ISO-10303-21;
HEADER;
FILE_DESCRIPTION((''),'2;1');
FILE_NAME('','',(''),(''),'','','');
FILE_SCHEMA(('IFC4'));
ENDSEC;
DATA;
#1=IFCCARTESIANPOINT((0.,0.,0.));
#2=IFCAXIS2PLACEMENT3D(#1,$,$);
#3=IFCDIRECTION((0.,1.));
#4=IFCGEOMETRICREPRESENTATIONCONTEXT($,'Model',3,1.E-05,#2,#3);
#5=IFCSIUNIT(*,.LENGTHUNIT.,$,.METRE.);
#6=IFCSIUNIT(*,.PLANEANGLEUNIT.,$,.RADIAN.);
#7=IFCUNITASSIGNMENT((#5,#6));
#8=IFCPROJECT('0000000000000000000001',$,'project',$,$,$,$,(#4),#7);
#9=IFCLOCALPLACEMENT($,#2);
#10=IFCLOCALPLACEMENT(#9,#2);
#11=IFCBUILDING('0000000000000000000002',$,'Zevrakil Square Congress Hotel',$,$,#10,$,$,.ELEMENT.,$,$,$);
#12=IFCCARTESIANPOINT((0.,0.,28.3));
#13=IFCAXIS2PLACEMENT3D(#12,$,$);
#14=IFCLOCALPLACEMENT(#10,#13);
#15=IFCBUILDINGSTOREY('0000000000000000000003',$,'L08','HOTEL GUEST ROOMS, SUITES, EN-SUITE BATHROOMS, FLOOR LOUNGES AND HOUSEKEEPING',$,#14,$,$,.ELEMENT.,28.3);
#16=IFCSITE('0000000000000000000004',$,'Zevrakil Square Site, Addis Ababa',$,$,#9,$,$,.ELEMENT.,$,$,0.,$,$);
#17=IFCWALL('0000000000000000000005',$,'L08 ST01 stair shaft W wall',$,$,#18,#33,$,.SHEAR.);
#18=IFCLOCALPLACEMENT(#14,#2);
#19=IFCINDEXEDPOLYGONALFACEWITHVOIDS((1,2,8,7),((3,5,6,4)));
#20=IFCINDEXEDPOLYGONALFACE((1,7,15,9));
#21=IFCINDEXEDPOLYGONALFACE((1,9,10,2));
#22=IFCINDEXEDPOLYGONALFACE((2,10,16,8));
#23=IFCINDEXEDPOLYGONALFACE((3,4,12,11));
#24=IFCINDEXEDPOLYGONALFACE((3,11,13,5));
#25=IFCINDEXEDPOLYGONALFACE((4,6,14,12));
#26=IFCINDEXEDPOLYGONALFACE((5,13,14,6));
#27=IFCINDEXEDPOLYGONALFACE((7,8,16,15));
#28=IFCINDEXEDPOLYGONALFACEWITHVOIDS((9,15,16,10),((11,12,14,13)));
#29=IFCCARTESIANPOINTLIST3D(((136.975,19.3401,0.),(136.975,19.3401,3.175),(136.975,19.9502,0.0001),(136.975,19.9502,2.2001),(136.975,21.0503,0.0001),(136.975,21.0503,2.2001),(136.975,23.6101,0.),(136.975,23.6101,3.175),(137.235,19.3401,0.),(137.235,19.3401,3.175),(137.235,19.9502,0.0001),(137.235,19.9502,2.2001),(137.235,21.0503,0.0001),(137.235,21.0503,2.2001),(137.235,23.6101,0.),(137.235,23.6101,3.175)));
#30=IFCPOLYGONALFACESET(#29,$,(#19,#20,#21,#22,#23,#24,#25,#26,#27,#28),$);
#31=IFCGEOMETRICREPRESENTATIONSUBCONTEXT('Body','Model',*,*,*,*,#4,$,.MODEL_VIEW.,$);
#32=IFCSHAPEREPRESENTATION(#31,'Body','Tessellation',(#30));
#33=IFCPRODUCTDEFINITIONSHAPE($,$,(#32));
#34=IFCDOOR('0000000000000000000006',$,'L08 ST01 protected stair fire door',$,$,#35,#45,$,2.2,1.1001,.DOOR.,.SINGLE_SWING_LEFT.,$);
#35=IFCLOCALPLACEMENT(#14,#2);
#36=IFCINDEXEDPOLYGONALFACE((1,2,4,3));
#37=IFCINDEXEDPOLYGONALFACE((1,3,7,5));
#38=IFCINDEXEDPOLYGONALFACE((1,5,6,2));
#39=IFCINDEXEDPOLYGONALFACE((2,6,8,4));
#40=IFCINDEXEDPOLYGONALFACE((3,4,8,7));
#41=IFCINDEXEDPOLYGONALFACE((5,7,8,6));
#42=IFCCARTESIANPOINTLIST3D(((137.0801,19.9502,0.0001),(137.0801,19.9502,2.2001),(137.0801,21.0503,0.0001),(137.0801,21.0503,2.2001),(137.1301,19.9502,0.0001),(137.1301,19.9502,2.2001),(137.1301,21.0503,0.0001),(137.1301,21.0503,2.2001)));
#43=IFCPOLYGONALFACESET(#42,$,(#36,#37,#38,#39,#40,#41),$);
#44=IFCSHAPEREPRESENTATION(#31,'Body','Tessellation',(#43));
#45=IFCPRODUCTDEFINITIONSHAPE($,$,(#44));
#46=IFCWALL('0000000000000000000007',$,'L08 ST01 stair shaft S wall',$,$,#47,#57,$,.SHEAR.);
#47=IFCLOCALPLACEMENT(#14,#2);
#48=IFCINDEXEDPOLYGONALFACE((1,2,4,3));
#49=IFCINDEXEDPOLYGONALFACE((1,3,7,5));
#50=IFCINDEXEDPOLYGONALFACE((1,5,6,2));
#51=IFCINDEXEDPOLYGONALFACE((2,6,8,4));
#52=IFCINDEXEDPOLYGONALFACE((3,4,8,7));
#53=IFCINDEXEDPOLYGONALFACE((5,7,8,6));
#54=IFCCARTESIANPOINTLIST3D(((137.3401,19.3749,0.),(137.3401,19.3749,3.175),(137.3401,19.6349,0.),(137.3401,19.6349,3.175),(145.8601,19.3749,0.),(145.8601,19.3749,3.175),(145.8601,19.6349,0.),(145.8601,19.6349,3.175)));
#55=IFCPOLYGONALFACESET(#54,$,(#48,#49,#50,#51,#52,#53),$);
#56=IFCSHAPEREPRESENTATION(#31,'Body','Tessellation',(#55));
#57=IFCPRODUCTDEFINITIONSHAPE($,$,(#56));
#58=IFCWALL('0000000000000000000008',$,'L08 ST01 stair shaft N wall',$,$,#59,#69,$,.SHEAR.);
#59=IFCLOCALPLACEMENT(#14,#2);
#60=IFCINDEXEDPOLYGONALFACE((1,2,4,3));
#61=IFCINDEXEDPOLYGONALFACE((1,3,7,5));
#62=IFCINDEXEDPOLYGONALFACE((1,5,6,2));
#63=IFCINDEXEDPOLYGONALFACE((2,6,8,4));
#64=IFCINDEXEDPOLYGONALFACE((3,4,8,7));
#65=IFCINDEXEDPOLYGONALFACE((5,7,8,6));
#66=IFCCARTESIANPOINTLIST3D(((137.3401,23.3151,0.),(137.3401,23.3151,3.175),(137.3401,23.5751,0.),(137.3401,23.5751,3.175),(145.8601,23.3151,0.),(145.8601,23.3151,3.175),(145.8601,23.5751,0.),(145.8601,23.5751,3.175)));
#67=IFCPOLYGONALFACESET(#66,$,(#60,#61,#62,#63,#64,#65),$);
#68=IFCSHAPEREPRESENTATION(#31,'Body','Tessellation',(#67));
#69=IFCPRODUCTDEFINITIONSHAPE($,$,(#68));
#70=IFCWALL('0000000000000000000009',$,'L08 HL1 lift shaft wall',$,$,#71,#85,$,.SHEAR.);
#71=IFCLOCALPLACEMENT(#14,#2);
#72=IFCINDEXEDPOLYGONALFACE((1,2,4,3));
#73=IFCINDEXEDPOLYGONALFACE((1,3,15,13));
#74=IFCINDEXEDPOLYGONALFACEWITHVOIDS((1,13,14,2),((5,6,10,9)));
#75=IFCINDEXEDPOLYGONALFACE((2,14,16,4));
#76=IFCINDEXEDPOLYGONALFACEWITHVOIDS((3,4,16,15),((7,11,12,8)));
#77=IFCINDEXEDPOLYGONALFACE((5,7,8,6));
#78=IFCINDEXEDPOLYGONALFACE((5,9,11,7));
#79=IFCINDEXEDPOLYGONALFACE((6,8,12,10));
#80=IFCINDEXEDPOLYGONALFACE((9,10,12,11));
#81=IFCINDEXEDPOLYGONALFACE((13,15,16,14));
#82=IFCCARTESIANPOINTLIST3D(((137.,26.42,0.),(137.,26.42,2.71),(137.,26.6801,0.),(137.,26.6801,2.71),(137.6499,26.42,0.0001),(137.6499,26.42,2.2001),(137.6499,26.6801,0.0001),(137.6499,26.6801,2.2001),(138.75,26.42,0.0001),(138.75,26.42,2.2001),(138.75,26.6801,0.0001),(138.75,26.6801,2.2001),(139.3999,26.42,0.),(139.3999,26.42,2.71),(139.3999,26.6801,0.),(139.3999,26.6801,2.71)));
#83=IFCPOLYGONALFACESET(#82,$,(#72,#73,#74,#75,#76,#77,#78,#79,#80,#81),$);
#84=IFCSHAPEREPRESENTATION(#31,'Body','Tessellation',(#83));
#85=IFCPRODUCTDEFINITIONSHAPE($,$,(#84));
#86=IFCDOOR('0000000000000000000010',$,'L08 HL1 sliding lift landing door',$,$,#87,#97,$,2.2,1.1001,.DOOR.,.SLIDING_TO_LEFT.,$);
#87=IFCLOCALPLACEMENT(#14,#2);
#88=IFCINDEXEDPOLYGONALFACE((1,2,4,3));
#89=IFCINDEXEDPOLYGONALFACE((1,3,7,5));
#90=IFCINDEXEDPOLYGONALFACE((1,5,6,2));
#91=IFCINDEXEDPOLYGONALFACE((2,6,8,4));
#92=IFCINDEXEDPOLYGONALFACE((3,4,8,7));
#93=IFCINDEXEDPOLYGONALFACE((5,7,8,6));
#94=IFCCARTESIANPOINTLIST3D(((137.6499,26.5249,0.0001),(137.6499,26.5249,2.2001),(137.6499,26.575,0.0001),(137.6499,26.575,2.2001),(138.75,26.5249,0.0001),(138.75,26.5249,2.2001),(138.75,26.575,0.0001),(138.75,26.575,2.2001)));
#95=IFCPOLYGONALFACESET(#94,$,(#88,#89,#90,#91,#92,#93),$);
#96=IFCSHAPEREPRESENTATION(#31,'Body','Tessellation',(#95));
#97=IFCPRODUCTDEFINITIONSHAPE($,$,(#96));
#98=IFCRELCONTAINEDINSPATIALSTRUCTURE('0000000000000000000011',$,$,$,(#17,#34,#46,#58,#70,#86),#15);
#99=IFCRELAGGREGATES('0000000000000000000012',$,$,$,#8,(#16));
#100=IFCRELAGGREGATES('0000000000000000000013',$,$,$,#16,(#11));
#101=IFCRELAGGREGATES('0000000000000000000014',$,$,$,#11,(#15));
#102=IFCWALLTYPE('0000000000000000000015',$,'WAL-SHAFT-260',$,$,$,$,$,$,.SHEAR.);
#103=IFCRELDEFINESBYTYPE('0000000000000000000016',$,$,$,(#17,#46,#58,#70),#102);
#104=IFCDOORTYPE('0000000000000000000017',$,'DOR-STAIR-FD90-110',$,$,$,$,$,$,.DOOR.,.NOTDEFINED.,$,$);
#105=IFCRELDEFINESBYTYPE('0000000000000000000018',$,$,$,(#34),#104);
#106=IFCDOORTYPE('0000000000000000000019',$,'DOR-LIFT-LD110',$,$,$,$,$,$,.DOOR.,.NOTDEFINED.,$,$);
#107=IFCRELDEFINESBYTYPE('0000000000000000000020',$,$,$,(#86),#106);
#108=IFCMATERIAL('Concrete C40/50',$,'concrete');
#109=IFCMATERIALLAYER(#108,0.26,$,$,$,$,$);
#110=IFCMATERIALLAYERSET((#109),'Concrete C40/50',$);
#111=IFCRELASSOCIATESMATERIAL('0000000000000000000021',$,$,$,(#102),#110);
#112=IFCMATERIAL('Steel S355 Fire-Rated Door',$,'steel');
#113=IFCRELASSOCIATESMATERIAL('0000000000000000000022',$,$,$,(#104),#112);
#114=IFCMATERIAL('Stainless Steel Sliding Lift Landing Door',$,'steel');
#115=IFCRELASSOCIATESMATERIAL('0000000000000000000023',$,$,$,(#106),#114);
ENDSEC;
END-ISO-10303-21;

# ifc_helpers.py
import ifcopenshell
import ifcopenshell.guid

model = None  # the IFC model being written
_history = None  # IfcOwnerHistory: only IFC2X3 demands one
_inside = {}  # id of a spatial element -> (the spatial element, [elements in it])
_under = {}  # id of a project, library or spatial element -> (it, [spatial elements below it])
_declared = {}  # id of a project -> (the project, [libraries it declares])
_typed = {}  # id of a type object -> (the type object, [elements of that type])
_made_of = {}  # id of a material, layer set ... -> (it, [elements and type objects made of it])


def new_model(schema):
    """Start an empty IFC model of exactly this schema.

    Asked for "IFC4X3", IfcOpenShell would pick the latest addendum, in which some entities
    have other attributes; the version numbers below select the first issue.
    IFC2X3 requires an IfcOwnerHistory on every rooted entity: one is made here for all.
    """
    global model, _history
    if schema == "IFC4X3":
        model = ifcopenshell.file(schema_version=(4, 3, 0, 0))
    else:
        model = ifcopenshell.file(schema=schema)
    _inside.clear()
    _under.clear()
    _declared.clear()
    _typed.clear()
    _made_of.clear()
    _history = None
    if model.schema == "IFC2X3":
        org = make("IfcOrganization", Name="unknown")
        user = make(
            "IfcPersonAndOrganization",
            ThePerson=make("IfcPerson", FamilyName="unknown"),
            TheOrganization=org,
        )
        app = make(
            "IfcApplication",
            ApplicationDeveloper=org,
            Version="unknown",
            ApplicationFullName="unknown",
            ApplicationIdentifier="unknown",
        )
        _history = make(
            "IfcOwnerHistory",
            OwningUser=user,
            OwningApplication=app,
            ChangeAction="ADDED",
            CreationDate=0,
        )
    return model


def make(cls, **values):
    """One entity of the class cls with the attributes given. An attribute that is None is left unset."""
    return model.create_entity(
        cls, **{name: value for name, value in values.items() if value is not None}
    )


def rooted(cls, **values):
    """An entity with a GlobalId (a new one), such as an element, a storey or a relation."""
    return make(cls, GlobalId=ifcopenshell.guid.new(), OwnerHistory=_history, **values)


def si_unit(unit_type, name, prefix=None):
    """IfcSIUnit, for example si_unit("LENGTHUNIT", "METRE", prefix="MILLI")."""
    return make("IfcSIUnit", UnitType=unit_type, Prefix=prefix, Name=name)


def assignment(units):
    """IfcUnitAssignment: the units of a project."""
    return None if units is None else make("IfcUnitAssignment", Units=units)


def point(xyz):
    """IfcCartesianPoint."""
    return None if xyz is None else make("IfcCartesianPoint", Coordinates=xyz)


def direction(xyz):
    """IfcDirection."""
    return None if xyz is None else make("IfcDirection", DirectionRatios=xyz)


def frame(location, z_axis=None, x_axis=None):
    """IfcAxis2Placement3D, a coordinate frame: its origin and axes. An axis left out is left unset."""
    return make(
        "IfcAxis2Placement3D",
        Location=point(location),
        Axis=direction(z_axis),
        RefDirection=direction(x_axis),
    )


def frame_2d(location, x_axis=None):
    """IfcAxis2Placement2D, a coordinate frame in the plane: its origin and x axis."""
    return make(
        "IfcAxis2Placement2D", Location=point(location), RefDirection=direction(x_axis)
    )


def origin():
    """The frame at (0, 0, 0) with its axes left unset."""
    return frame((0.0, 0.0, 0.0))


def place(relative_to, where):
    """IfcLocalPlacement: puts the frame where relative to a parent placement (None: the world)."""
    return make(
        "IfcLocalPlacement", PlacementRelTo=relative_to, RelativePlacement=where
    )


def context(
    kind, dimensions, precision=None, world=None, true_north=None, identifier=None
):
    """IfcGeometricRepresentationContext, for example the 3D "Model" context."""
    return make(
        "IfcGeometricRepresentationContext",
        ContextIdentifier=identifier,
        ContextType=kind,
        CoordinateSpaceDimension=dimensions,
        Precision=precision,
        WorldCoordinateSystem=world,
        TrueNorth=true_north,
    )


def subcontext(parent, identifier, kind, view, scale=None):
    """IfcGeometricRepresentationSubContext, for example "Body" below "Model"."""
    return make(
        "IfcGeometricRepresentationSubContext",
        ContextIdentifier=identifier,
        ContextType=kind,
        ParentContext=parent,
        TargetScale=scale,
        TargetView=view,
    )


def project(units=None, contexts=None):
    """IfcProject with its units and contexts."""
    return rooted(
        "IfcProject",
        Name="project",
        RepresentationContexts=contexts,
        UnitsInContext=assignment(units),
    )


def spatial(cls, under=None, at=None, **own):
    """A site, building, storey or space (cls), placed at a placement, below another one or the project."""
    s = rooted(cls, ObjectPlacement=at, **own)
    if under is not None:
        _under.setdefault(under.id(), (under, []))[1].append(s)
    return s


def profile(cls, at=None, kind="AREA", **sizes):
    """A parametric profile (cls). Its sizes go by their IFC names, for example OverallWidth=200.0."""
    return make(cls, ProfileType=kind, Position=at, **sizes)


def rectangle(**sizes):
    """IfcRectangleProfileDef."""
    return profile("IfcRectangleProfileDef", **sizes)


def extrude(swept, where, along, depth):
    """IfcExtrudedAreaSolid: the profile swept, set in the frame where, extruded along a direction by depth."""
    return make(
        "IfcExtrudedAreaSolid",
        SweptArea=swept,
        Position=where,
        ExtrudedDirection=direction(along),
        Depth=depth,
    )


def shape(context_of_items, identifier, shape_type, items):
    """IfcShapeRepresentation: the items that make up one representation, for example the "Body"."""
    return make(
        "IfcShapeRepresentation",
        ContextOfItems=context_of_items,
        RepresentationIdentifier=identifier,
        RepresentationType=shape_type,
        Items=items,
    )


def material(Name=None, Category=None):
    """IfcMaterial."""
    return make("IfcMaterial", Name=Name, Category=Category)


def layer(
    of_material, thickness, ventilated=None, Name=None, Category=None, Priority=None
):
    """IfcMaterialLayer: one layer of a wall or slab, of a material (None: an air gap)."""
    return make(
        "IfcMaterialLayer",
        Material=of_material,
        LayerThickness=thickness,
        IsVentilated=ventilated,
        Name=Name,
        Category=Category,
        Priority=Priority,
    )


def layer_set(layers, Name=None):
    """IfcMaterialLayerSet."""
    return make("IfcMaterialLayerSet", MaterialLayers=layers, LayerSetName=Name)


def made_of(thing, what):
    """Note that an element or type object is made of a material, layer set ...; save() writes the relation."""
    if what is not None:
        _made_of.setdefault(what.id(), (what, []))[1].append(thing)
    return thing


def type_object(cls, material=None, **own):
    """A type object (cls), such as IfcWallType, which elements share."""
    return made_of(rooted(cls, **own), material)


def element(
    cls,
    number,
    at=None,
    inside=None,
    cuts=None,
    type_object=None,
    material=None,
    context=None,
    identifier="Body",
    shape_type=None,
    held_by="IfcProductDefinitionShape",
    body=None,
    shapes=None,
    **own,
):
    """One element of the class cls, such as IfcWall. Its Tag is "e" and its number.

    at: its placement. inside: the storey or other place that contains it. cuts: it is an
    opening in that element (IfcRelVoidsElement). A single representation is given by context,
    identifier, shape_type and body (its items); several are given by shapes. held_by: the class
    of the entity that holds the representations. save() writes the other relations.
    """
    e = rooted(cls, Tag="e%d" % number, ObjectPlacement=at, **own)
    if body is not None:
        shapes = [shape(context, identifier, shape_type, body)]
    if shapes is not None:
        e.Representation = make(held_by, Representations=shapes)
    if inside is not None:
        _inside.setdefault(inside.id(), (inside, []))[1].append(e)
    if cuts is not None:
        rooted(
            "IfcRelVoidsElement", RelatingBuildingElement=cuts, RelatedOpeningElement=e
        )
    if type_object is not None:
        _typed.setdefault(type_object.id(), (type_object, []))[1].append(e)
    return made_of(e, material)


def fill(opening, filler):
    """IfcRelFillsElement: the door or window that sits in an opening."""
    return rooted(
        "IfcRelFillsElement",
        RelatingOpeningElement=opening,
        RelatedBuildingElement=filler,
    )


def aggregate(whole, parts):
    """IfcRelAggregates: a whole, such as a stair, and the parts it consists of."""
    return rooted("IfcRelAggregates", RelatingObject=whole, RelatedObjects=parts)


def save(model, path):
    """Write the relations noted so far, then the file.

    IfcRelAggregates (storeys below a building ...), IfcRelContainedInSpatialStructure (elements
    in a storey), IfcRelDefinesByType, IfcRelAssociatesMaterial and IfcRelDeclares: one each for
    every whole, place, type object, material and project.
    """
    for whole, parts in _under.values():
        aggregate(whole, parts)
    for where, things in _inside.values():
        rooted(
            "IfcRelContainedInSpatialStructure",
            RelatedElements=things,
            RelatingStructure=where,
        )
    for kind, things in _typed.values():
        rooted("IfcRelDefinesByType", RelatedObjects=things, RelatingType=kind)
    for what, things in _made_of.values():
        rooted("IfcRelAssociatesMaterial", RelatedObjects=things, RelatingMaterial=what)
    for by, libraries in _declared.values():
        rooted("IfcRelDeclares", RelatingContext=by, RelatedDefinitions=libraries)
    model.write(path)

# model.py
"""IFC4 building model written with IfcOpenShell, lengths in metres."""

from ifc_helpers import new_model, si_unit, direction, frame, frame_2d, origin, place, context, subcontext, project, spatial, rectangle, extrude, material, layer, layer_set, type_object, element, fill, save


model = new_model("IFC4")

# Units and contexts
model_context = context("Model", 3, precision=1e-05, world=origin(), true_north=direction((0.0, 1.0)))
body_context = subcontext(model_context, "Body", "Model", "MODEL_VIEW")
ifc_project = project(units=[si_unit("LENGTHUNIT", "METRE"), si_unit("PLANEANGLEUNIT", "RADIAN")], contexts=[model_context])

# Site, building, storey
site_placement = place(None, origin())
site = spatial("IfcSite", under=ifc_project, at=site_placement, Name="Zevrakil Square Site, Addis Ababa", CompositionType="ELEMENT", RefElevation=0.0)
building_placement = place(site_placement, origin())
building = spatial("IfcBuilding", under=site, at=building_placement, Name="Zevrakil Square Congress Hotel", CompositionType="ELEMENT")
storey_placement = place(building_placement, frame((0.0, 0.0, 28.3)))
storey = spatial("IfcBuildingStorey", under=building, at=storey_placement, Name="L08", Description="HOTEL GUEST ROOMS, SUITES, EN-SUITE BATHROOMS, FLOOR LOUNGES AND HOUSEKEEPING", CompositionType="ELEMENT", Elevation=28.3)

# Wall, opening, door
ifc_material_1 = material(Name="Concrete C40/50", Category="concrete")
ifc_layer_1 = layer(ifc_material_1, 0.26)
ifc_layer_set_1 = layer_set([ifc_layer_1], Name="Concrete C40/50")
wall_type_1 = type_object("IfcWallType", Name="WAL-SHAFT-260", PredefinedType="SHEAR", material=ifc_layer_set_1)
wall_1_placement = place(storey_placement, frame((137.105, 19.3401, 0.0), z_axis=(0.0, 0.0, 1.0), x_axis=(0.0, 1.0, 0.0)))
wall_1 = element("IfcWall", 1, at=wall_1_placement, inside=storey, type_object=wall_type_1, Name="L08 ST01 stair shaft W wall", PredefinedType="SHEAR", context=body_context, shape_type="SweptSolid", body=[
    extrude(rectangle(XDim=4.27, YDim=0.26, at=frame_2d((2.135, 0.0))), origin(), (0.0, 0.0, 1.0), 3.175),
])
opening_1_placement = place(wall_1_placement, frame((0.6101, 0.0, 0.0)))
opening_1 = element("IfcOpeningElement", 2, at=opening_1_placement, cuts=wall_1, PredefinedType="OPENING", context=body_context, shape_type="SweptSolid", body=[
    extrude(rectangle(XDim=1.1001, YDim=2.2, at=frame_2d((0.55, 1.1001))), frame((0.0, 0.1401, 0.0), z_axis=(0.0, -1.0, 0.0), x_axis=(1.0, 0.0, 0.0)), (0.0, 0.0, 1.0), 0.28),
])
ifc_material_2 = material(Name="Steel S355 Fire-Rated Door", Category="steel")
door_type_1 = type_object("IfcDoorType", Name="DOR-STAIR-FD90-110", OperationType="NOTDEFINED", PredefinedType="DOOR", material=ifc_material_2)
door_1_placement = place(opening_1_placement, origin())
door_1 = element("IfcDoor", 3, at=door_1_placement, inside=storey, type_object=door_type_1, Name="L08 ST01 protected stair fire door", OperationType="SINGLE_SWING_LEFT", OverallHeight=2.2, OverallWidth=1.1001, PredefinedType="DOOR", context=body_context, shape_type="SweptSolid", body=[
    extrude(rectangle(XDim=1.1001, YDim=2.2, at=frame_2d((0.55, 1.1001))), frame((0.0, 0.0249, 0.0), z_axis=(0.0, -1.0, 0.0), x_axis=(1.0, 0.0, 0.0)), (0.0, 0.0, 1.0), 0.05),
])
fill(opening_1, door_1)

# Walls
for number, where, z_axis, x_axis, name in (
    (4, (137.3401, 19.5049, 0.0), (0.0, 0.0, 1.0), (1.0, 0.0, 0.0), "L08 ST01 stair shaft S wall"),
    (5, (137.3401, 23.4451, 0.0), (0.0, 0.0, 1.0), (1.0, 0.0, 0.0), "L08 ST01 stair shaft N wall"),
):
    element("IfcWall", number, at=place(storey_placement, frame(where, z_axis=z_axis, x_axis=x_axis)), inside=storey, type_object=wall_type_1, Name=name, PredefinedType="SHEAR", context=body_context, shape_type="SweptSolid", body=[
        extrude(rectangle(XDim=8.52, YDim=0.26, at=frame_2d((4.26, 0.0))), origin(), (0.0, 0.0, 1.0), 3.175),
    ])

# Wall, opening, door
wall_2_placement = place(storey_placement, frame((137.0, 26.55, 0.0), z_axis=(0.0, 0.0, 1.0), x_axis=(1.0, 0.0, 0.0)))
wall_2 = element("IfcWall", 6, at=wall_2_placement, inside=storey, type_object=wall_type_1, Name="L08 HL1 lift shaft wall", PredefinedType="SHEAR", context=body_context, shape_type="SweptSolid", body=[
    extrude(rectangle(XDim=2.3999, YDim=0.26, at=frame_2d((1.2, 0.0))), origin(), (0.0, 0.0, 1.0), 2.71),
])
opening_2_placement = place(wall_2_placement, frame((0.6499, 0.0, 0.0)))
opening_2 = element("IfcOpeningElement", 7, at=opening_2_placement, cuts=wall_2, PredefinedType="OPENING", context=body_context, shape_type="SweptSolid", body=[
    extrude(rectangle(XDim=1.1001, YDim=2.2, at=frame_2d((0.55, 1.1001))), frame((0.0, 0.1401, 0.0), z_axis=(0.0, -1.0, 0.0), x_axis=(1.0, 0.0, 0.0)), (0.0, 0.0, 1.0), 0.28),
])
ifc_material_3 = material(Name="Stainless Steel Sliding Lift Landing Door", Category="steel")
door_type_2 = type_object("IfcDoorType", Name="DOR-LIFT-LD110", OperationType="NOTDEFINED", PredefinedType="DOOR", material=ifc_material_3)
door_2_placement = place(opening_2_placement, origin())
door_2 = element("IfcDoor", 8, at=door_2_placement, inside=storey, type_object=door_type_2, Name="L08 HL1 sliding lift landing door", OperationType="SLIDING_TO_LEFT", OverallHeight=2.2, OverallWidth=1.1001, PredefinedType="DOOR", context=body_context, shape_type="SweptSolid", body=[
    extrude(rectangle(XDim=1.1001, YDim=2.2, at=frame_2d((0.55, 1.1001))), frame((0.0, 0.0249, 0.0), z_axis=(0.0, -1.0, 0.0), x_axis=(1.0, 0.0, 0.0)), (0.0, 0.0, 1.0), 0.05),
])
fill(opening_2, door_2)

save(model, "model.ifc")
